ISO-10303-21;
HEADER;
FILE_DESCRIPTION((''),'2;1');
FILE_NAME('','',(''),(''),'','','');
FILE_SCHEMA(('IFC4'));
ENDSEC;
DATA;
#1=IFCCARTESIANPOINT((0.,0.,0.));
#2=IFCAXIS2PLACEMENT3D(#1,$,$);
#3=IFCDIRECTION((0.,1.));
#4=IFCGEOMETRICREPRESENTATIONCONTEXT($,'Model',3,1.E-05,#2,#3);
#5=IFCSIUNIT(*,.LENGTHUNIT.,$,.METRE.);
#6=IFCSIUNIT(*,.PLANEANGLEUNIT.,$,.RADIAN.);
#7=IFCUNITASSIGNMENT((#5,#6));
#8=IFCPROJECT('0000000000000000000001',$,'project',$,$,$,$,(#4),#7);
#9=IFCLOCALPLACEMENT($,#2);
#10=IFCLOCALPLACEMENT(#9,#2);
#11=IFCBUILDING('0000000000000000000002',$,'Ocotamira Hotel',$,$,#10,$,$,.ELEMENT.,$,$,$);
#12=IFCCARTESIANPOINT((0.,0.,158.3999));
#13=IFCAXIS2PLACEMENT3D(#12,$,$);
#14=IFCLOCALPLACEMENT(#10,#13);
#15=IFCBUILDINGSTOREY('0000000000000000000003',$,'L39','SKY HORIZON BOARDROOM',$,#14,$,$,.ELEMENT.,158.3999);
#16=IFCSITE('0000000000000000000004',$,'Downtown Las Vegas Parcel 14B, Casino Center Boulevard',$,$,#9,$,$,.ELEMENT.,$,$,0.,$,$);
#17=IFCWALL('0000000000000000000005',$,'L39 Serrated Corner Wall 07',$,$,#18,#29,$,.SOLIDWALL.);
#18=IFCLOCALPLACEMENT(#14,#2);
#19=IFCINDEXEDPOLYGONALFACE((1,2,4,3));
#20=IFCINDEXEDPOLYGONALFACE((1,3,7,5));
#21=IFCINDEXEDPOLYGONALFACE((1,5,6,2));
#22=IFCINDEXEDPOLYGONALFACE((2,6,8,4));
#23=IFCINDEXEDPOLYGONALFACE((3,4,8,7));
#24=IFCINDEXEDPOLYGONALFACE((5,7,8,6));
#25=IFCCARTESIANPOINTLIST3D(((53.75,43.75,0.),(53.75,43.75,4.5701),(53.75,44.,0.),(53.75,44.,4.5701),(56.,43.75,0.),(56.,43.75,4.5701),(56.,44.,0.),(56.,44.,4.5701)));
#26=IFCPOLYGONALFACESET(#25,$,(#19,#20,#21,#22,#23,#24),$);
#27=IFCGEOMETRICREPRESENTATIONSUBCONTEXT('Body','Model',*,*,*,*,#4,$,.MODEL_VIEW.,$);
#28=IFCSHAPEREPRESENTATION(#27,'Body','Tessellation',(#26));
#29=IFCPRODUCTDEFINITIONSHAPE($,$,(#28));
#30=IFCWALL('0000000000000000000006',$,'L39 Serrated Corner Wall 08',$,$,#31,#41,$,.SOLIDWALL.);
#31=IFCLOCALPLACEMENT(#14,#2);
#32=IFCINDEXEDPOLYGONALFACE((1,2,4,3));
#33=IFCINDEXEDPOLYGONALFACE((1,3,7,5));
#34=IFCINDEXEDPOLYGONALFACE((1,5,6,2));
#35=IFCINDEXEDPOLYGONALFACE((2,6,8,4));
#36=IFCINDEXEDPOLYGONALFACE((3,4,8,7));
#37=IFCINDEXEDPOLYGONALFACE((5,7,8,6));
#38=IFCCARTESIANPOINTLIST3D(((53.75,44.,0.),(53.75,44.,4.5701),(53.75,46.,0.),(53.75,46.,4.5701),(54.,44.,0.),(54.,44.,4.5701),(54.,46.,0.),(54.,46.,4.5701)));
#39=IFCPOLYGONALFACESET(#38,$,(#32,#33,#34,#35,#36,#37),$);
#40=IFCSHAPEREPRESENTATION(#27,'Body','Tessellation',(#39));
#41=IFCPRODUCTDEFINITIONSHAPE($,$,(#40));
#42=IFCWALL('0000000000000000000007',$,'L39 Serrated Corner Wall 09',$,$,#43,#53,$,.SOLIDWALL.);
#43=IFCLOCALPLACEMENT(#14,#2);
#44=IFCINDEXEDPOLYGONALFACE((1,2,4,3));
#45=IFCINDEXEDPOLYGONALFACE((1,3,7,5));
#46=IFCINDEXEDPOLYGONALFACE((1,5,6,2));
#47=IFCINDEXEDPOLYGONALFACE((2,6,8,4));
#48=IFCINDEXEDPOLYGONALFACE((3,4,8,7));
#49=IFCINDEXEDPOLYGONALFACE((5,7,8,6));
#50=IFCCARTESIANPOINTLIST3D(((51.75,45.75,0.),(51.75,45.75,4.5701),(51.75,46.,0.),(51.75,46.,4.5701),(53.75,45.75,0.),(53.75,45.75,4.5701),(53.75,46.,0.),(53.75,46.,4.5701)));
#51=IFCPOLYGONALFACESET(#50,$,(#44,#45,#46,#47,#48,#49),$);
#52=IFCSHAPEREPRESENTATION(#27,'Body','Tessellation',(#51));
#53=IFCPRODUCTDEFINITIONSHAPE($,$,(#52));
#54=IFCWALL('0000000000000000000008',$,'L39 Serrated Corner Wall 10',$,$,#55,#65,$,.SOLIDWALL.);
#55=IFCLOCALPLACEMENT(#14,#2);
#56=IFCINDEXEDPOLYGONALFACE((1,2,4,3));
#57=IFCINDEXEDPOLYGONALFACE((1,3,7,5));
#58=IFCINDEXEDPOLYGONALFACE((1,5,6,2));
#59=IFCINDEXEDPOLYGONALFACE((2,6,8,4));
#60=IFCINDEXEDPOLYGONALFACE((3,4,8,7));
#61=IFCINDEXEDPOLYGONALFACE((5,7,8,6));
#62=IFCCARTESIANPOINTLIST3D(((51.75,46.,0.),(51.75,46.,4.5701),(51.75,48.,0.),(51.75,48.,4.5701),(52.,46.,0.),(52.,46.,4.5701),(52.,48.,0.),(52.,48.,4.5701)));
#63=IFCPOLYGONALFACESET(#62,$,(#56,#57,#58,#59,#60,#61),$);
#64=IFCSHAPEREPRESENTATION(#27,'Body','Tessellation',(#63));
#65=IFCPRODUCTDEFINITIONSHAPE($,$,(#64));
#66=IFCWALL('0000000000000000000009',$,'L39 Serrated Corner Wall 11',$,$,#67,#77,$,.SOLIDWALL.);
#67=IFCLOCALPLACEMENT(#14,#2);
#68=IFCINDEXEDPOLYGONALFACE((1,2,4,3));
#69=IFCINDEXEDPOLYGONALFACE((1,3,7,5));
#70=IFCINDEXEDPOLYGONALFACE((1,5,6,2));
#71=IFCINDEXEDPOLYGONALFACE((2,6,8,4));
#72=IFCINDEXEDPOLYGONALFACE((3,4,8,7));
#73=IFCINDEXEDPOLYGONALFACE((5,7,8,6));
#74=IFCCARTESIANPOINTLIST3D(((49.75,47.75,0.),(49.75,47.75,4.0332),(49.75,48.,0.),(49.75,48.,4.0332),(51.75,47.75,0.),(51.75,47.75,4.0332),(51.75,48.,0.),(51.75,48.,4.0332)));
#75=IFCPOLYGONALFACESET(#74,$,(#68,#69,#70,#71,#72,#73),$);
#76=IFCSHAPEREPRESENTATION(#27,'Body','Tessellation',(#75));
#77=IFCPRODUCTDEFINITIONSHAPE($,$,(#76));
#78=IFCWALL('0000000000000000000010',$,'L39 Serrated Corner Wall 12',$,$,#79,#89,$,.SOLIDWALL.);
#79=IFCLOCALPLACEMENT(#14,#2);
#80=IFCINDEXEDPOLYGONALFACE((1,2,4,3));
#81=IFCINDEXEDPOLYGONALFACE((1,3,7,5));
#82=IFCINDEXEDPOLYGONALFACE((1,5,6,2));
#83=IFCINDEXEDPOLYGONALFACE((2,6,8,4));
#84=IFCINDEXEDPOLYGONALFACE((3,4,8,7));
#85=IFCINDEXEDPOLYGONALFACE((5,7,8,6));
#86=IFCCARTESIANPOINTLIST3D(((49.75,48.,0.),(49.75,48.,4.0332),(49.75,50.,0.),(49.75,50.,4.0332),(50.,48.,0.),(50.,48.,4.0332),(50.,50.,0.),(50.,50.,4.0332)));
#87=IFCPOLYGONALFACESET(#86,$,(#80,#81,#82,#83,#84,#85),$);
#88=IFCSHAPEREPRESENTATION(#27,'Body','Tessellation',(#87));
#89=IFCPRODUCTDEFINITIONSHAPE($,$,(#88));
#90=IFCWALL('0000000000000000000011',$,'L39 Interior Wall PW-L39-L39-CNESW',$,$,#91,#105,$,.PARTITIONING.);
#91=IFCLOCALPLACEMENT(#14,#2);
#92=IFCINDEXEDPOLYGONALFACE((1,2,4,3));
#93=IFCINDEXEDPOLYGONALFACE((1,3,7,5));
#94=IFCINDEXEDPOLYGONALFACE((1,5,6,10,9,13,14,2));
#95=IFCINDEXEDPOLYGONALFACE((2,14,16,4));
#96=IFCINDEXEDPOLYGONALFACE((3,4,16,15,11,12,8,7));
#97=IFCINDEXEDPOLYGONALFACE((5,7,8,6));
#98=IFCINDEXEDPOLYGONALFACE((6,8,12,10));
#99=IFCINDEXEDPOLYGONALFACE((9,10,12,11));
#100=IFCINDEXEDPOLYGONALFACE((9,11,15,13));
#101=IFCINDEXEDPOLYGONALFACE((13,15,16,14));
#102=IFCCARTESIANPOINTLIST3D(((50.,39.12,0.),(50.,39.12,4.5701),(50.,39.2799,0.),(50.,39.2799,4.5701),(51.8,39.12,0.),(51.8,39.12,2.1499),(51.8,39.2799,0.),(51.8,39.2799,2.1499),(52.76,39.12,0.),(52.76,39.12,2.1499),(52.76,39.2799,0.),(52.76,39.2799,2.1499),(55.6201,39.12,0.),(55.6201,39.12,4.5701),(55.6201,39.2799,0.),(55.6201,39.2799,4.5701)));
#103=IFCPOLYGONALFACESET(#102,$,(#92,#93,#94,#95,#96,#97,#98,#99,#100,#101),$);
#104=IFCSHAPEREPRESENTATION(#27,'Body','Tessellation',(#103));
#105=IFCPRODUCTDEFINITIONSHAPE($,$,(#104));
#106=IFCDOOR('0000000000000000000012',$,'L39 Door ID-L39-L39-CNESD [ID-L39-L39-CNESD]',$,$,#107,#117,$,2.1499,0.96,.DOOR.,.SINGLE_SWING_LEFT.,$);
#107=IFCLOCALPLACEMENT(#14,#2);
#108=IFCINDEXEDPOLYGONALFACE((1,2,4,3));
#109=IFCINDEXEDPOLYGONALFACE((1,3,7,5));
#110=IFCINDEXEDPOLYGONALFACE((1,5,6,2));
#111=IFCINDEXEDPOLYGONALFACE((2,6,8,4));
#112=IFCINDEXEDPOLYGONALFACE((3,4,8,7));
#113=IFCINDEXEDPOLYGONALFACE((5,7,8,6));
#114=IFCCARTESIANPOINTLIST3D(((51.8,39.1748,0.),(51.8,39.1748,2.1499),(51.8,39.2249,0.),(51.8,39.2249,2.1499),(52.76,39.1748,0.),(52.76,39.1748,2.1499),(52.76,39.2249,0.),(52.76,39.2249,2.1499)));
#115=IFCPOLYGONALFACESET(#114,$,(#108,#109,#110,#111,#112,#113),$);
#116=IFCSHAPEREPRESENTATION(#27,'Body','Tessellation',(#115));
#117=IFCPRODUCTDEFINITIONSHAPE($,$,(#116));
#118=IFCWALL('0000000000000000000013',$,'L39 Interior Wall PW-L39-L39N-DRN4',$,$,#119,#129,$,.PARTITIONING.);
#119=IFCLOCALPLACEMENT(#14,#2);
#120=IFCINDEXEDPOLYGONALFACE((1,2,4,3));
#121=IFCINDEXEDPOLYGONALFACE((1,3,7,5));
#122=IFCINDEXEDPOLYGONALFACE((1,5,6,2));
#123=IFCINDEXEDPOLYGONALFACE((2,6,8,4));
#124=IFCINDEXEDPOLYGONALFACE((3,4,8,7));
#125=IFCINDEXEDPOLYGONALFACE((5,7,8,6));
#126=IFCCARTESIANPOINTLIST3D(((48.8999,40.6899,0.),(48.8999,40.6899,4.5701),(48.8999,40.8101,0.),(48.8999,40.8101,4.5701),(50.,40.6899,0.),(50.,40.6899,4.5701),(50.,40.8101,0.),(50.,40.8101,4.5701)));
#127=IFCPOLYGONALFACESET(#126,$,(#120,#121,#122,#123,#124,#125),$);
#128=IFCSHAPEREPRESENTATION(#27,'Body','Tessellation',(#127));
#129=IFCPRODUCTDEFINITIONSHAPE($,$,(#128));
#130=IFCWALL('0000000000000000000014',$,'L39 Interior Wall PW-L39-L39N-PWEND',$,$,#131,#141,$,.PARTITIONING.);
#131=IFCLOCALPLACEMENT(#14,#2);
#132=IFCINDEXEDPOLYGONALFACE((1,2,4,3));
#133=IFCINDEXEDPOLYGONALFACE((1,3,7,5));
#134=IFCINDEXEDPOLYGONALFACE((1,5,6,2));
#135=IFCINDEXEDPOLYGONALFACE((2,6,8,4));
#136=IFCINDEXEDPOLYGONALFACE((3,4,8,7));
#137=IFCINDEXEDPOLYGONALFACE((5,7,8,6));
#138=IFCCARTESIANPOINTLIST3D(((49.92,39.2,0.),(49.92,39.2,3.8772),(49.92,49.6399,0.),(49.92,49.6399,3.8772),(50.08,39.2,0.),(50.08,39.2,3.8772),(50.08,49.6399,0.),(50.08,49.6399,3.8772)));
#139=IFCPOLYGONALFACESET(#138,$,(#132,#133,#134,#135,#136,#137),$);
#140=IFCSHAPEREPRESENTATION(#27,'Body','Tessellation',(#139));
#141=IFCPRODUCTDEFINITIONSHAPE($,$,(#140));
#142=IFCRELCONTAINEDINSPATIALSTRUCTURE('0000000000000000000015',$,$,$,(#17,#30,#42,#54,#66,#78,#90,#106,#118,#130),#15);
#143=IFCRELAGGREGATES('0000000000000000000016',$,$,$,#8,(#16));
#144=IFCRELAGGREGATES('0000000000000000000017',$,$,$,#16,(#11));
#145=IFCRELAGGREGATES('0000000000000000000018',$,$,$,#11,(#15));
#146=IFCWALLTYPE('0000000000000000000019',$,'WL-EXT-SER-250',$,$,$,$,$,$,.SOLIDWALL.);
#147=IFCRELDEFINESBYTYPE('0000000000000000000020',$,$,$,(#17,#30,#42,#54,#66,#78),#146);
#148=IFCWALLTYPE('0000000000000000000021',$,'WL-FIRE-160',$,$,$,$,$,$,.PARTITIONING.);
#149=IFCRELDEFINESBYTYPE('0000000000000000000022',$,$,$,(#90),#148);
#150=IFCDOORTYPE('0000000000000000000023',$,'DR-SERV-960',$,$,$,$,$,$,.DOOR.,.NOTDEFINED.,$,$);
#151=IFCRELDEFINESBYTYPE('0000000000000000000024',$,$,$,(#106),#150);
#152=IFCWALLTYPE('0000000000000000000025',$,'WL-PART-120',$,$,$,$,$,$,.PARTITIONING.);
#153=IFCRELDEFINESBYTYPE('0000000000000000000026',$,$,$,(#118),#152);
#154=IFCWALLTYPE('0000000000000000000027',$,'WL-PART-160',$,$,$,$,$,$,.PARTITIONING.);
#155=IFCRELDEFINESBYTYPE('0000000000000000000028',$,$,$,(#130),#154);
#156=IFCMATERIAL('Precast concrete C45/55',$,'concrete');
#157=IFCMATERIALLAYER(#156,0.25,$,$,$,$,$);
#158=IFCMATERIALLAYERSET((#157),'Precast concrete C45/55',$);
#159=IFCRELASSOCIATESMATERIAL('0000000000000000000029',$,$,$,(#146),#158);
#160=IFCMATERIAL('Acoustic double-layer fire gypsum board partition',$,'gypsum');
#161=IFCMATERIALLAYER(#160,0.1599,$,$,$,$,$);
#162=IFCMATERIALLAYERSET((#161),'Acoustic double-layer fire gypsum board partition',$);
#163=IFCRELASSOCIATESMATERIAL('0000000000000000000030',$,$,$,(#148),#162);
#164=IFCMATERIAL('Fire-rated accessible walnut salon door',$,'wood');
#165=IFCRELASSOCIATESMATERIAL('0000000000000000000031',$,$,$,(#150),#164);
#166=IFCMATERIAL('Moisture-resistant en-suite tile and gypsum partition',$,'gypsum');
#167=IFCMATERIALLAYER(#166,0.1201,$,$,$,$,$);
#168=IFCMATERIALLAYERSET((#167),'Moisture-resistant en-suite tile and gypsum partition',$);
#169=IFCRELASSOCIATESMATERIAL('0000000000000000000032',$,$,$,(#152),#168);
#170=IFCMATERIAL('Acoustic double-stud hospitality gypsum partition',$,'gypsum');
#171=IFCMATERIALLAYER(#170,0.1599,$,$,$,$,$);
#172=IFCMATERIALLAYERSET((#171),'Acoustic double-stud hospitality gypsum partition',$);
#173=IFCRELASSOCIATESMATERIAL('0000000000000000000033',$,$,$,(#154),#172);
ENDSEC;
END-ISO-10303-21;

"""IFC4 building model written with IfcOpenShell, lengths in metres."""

from ifc_helpers import new_model, si_unit, direction, frame, frame_2d, origin, place, context, subcontext, project, spatial, rectangle, extrude, source, transform, mapped, material, layer, layer_set, type_object, element, fill, save


model = new_model("IFC4")

# Units and contexts
model_context = context("Model", 3, precision=1e-05, world=origin(), true_north=direction((0.0, 1.0)))
body_context = subcontext(model_context, "Body", "Model", "MODEL_VIEW")
ifc_project = project(units=[si_unit("LENGTHUNIT", "METRE"), si_unit("PLANEANGLEUNIT", "RADIAN")], contexts=[model_context])

# Site, building, storey
site_placement = place(None, origin())
site = spatial("IfcSite", under=ifc_project, at=site_placement, Name="Downtown Las Vegas Parcel 14B, Casino Center Boulevard", CompositionType="ELEMENT", RefElevation=0.0)
building_placement = place(site_placement, origin())
building = spatial("IfcBuilding", under=site, at=building_placement, Name="Ocotamira Hotel", CompositionType="ELEMENT")
storey_placement = place(building_placement, frame((0.0, 0.0, 158.3999)))
storey = spatial("IfcBuildingStorey", under=building, at=storey_placement, Name="L39", Description="SKY HORIZON BOARDROOM", CompositionType="ELEMENT", Elevation=158.3999)

# Walls
ifc_material_1 = material(Name="Precast concrete C45/55", Category="concrete")
ifc_layer_1 = layer(ifc_material_1, 0.25)
ifc_layer_set_1 = layer_set([ifc_layer_1], Name="Precast concrete C45/55")
wall_type_1 = type_object("IfcWallType", Name="WL-EXT-SER-250", PredefinedType="SOLIDWALL", material=ifc_layer_set_1)
wall_1_placement = place(storey_placement, frame((56.0, 43.875, 0.0), z_axis=(0.0, 0.0, 1.0), x_axis=(-1.0, 0.0, 0.0)))
element("IfcWall", 1, at=wall_1_placement, inside=storey, type_object=wall_type_1, Name="L39 Serrated Corner Wall 07", PredefinedType="SOLIDWALL", context=body_context, shape_type="SweptSolid", body=[
    extrude(rectangle(XDim=2.25, YDim=0.25, at=frame_2d((1.125, 0.0))), origin(), (0.0, 0.0, 1.0), 4.5701),
])
for number, where, z_axis, x_axis, name in (
    (2, (53.875, 44.0, 0.0), (0.0, 0.0, 1.0), (0.0, 1.0, 0.0), "L39 Serrated Corner Wall 08"),
    (3, (53.75, 45.875, 0.0), (0.0, 0.0, 1.0), (-1.0, 0.0, 0.0), "L39 Serrated Corner Wall 09"),
    (4, (51.875, 46.0, 0.0), (0.0, 0.0, 1.0), (0.0, 1.0, 0.0), "L39 Serrated Corner Wall 10"),
):
    element("IfcWall", number, at=place(storey_placement, frame(where, z_axis=z_axis, x_axis=x_axis)), inside=storey, type_object=wall_type_1, Name=name, PredefinedType="SOLIDWALL", context=body_context, shape_type="SweptSolid", body=[
        extrude(rectangle(XDim=2.0, YDim=0.25, at=frame_2d((1.0, 0.0))), origin(), (0.0, 0.0, 1.0), 4.5701),
    ])
for number, where, z_axis, x_axis, name in (
    (5, (51.75, 47.875, 0.0), (0.0, 0.0, 1.0), (-1.0, 0.0, 0.0), "L39 Serrated Corner Wall 11"),
    (6, (49.875, 48.0, 0.0), (0.0, 0.0, 1.0), (0.0, 1.0, 0.0), "L39 Serrated Corner Wall 12"),
):
    element("IfcWall", number, at=place(storey_placement, frame(where, z_axis=z_axis, x_axis=x_axis)), inside=storey, type_object=wall_type_1, Name=name, PredefinedType="SOLIDWALL", context=body_context, shape_type="SweptSolid", body=[
        extrude(rectangle(XDim=2.0, YDim=0.25, at=frame_2d((1.0, 0.0))), origin(), (0.0, 0.0, 1.0), 4.0332),
    ])

# Wall, opening, door
ifc_material_2 = material(Name="Acoustic double-layer fire gypsum board partition", Category="gypsum")
ifc_layer_2 = layer(ifc_material_2, 0.1599)
ifc_layer_set_2 = layer_set([ifc_layer_2], Name="Acoustic double-layer fire gypsum board partition")
wall_type_2 = type_object("IfcWallType", Name="WL-FIRE-160", PredefinedType="PARTITIONING", material=ifc_layer_set_2)
wall_2_placement = place(storey_placement, frame((50.0, 39.2, 0.0), z_axis=(0.0, 0.0, 1.0), x_axis=(1.0, 0.0, 0.0)))
wall_2 = element("IfcWall", 7, at=wall_2_placement, inside=storey, type_object=wall_type_2, Name="L39 Interior Wall PW-L39-L39-CNESW", PredefinedType="PARTITIONING", context=body_context, shape_type="SweptSolid", body=[
    extrude(rectangle(XDim=5.6201, YDim=0.1599, at=frame_2d((2.8101, 0.0))), origin(), (0.0, 0.0, 1.0), 4.5701),
])
opening_placement = place(wall_2_placement, frame((1.8, 0.0, 0.0)))
opening = element("IfcOpeningElement", 8, at=opening_placement, cuts=wall_2, PredefinedType="OPENING", context=body_context, shape_type="SweptSolid", body=[
    extrude(rectangle(XDim=0.96, YDim=2.1499, at=frame_2d((0.48, 1.075))), frame((0.0, 0.0898, 0.0), z_axis=(0.0, -1.0, 0.0), x_axis=(1.0, 0.0, 0.0)), (0.0, 0.0, 1.0), 0.1799),
])
ifc_material_3 = material(Name="Fire-rated accessible walnut salon door", Category="wood")
door_type = type_object("IfcDoorType", Name="DR-SERV-960", OperationType="NOTDEFINED", PredefinedType="DOOR", material=ifc_material_3)
shared_shape_1 = source(origin(), body_context, "Body", "SweptSolid", [
    extrude(rectangle(XDim=0.96, YDim=2.1499, at=frame_2d((0.48, 1.075))), frame((0.0, 0.0249, 0.0), z_axis=(0.0, -1.0, 0.0), x_axis=(1.0, 0.0, 0.0)), (0.0, 0.0, 1.0), 0.05),
])
door_placement = place(opening_placement, origin())
door = element("IfcDoor", 9, at=door_placement, inside=storey, type_object=door_type, Name="L39 Door ID-L39-L39-CNESD [ID-L39-L39-CNESD]", OperationType="SINGLE_SWING_LEFT", OverallHeight=2.1499, OverallWidth=0.96, PredefinedType="DOOR", context=body_context, shape_type="MappedRepresentation", body=[
    mapped(shared_shape_1, transform((0.0, 0.0, 0.0), scale=1.0)),
])
fill(opening, door)

# Walls
ifc_material_4 = material(Name="Moisture-resistant en-suite tile and gypsum partition", Category="gypsum")
ifc_layer_3 = layer(ifc_material_4, 0.1201)
ifc_layer_set_3 = layer_set([ifc_layer_3], Name="Moisture-resistant en-suite tile and gypsum partition")
wall_type_3 = type_object("IfcWallType", Name="WL-PART-120", PredefinedType="PARTITIONING", material=ifc_layer_set_3)
wall_3_placement = place(storey_placement, frame((48.8999, 40.75, 0.0), z_axis=(0.0, 0.0, 1.0), x_axis=(1.0, 0.0, 0.0)))
element("IfcWall", 10, at=wall_3_placement, inside=storey, type_object=wall_type_3, Name="L39 Interior Wall PW-L39-L39N-DRN4", PredefinedType="PARTITIONING", context=body_context, shape_type="SweptSolid", body=[
    extrude(rectangle(XDim=1.1001, YDim=0.1201, at=frame_2d((0.55, 0.0))), origin(), (0.0, 0.0, 1.0), 4.5701),
])
ifc_material_5 = material(Name="Acoustic double-stud hospitality gypsum partition", Category="gypsum")
ifc_layer_4 = layer(ifc_material_5, 0.1599)
ifc_layer_set_4 = layer_set([ifc_layer_4], Name="Acoustic double-stud hospitality gypsum partition")
wall_type_4 = type_object("IfcWallType", Name="WL-PART-160", PredefinedType="PARTITIONING", material=ifc_layer_set_4)
wall_4_placement = place(storey_placement, frame((50.0, 39.2, 0.0), z_axis=(0.0, 0.0, 1.0), x_axis=(0.0, 1.0, 0.0)))
element("IfcWall", 11, at=wall_4_placement, inside=storey, type_object=wall_type_4, Name="L39 Interior Wall PW-L39-L39N-PWEND", PredefinedType="PARTITIONING", context=body_context, shape_type="SweptSolid", body=[
    extrude(rectangle(XDim=10.4399, YDim=0.1599, at=frame_2d((5.22, 0.0))), origin(), (0.0, 0.0, 1.0), 3.8772),
])

save(model, "model.ifc")
